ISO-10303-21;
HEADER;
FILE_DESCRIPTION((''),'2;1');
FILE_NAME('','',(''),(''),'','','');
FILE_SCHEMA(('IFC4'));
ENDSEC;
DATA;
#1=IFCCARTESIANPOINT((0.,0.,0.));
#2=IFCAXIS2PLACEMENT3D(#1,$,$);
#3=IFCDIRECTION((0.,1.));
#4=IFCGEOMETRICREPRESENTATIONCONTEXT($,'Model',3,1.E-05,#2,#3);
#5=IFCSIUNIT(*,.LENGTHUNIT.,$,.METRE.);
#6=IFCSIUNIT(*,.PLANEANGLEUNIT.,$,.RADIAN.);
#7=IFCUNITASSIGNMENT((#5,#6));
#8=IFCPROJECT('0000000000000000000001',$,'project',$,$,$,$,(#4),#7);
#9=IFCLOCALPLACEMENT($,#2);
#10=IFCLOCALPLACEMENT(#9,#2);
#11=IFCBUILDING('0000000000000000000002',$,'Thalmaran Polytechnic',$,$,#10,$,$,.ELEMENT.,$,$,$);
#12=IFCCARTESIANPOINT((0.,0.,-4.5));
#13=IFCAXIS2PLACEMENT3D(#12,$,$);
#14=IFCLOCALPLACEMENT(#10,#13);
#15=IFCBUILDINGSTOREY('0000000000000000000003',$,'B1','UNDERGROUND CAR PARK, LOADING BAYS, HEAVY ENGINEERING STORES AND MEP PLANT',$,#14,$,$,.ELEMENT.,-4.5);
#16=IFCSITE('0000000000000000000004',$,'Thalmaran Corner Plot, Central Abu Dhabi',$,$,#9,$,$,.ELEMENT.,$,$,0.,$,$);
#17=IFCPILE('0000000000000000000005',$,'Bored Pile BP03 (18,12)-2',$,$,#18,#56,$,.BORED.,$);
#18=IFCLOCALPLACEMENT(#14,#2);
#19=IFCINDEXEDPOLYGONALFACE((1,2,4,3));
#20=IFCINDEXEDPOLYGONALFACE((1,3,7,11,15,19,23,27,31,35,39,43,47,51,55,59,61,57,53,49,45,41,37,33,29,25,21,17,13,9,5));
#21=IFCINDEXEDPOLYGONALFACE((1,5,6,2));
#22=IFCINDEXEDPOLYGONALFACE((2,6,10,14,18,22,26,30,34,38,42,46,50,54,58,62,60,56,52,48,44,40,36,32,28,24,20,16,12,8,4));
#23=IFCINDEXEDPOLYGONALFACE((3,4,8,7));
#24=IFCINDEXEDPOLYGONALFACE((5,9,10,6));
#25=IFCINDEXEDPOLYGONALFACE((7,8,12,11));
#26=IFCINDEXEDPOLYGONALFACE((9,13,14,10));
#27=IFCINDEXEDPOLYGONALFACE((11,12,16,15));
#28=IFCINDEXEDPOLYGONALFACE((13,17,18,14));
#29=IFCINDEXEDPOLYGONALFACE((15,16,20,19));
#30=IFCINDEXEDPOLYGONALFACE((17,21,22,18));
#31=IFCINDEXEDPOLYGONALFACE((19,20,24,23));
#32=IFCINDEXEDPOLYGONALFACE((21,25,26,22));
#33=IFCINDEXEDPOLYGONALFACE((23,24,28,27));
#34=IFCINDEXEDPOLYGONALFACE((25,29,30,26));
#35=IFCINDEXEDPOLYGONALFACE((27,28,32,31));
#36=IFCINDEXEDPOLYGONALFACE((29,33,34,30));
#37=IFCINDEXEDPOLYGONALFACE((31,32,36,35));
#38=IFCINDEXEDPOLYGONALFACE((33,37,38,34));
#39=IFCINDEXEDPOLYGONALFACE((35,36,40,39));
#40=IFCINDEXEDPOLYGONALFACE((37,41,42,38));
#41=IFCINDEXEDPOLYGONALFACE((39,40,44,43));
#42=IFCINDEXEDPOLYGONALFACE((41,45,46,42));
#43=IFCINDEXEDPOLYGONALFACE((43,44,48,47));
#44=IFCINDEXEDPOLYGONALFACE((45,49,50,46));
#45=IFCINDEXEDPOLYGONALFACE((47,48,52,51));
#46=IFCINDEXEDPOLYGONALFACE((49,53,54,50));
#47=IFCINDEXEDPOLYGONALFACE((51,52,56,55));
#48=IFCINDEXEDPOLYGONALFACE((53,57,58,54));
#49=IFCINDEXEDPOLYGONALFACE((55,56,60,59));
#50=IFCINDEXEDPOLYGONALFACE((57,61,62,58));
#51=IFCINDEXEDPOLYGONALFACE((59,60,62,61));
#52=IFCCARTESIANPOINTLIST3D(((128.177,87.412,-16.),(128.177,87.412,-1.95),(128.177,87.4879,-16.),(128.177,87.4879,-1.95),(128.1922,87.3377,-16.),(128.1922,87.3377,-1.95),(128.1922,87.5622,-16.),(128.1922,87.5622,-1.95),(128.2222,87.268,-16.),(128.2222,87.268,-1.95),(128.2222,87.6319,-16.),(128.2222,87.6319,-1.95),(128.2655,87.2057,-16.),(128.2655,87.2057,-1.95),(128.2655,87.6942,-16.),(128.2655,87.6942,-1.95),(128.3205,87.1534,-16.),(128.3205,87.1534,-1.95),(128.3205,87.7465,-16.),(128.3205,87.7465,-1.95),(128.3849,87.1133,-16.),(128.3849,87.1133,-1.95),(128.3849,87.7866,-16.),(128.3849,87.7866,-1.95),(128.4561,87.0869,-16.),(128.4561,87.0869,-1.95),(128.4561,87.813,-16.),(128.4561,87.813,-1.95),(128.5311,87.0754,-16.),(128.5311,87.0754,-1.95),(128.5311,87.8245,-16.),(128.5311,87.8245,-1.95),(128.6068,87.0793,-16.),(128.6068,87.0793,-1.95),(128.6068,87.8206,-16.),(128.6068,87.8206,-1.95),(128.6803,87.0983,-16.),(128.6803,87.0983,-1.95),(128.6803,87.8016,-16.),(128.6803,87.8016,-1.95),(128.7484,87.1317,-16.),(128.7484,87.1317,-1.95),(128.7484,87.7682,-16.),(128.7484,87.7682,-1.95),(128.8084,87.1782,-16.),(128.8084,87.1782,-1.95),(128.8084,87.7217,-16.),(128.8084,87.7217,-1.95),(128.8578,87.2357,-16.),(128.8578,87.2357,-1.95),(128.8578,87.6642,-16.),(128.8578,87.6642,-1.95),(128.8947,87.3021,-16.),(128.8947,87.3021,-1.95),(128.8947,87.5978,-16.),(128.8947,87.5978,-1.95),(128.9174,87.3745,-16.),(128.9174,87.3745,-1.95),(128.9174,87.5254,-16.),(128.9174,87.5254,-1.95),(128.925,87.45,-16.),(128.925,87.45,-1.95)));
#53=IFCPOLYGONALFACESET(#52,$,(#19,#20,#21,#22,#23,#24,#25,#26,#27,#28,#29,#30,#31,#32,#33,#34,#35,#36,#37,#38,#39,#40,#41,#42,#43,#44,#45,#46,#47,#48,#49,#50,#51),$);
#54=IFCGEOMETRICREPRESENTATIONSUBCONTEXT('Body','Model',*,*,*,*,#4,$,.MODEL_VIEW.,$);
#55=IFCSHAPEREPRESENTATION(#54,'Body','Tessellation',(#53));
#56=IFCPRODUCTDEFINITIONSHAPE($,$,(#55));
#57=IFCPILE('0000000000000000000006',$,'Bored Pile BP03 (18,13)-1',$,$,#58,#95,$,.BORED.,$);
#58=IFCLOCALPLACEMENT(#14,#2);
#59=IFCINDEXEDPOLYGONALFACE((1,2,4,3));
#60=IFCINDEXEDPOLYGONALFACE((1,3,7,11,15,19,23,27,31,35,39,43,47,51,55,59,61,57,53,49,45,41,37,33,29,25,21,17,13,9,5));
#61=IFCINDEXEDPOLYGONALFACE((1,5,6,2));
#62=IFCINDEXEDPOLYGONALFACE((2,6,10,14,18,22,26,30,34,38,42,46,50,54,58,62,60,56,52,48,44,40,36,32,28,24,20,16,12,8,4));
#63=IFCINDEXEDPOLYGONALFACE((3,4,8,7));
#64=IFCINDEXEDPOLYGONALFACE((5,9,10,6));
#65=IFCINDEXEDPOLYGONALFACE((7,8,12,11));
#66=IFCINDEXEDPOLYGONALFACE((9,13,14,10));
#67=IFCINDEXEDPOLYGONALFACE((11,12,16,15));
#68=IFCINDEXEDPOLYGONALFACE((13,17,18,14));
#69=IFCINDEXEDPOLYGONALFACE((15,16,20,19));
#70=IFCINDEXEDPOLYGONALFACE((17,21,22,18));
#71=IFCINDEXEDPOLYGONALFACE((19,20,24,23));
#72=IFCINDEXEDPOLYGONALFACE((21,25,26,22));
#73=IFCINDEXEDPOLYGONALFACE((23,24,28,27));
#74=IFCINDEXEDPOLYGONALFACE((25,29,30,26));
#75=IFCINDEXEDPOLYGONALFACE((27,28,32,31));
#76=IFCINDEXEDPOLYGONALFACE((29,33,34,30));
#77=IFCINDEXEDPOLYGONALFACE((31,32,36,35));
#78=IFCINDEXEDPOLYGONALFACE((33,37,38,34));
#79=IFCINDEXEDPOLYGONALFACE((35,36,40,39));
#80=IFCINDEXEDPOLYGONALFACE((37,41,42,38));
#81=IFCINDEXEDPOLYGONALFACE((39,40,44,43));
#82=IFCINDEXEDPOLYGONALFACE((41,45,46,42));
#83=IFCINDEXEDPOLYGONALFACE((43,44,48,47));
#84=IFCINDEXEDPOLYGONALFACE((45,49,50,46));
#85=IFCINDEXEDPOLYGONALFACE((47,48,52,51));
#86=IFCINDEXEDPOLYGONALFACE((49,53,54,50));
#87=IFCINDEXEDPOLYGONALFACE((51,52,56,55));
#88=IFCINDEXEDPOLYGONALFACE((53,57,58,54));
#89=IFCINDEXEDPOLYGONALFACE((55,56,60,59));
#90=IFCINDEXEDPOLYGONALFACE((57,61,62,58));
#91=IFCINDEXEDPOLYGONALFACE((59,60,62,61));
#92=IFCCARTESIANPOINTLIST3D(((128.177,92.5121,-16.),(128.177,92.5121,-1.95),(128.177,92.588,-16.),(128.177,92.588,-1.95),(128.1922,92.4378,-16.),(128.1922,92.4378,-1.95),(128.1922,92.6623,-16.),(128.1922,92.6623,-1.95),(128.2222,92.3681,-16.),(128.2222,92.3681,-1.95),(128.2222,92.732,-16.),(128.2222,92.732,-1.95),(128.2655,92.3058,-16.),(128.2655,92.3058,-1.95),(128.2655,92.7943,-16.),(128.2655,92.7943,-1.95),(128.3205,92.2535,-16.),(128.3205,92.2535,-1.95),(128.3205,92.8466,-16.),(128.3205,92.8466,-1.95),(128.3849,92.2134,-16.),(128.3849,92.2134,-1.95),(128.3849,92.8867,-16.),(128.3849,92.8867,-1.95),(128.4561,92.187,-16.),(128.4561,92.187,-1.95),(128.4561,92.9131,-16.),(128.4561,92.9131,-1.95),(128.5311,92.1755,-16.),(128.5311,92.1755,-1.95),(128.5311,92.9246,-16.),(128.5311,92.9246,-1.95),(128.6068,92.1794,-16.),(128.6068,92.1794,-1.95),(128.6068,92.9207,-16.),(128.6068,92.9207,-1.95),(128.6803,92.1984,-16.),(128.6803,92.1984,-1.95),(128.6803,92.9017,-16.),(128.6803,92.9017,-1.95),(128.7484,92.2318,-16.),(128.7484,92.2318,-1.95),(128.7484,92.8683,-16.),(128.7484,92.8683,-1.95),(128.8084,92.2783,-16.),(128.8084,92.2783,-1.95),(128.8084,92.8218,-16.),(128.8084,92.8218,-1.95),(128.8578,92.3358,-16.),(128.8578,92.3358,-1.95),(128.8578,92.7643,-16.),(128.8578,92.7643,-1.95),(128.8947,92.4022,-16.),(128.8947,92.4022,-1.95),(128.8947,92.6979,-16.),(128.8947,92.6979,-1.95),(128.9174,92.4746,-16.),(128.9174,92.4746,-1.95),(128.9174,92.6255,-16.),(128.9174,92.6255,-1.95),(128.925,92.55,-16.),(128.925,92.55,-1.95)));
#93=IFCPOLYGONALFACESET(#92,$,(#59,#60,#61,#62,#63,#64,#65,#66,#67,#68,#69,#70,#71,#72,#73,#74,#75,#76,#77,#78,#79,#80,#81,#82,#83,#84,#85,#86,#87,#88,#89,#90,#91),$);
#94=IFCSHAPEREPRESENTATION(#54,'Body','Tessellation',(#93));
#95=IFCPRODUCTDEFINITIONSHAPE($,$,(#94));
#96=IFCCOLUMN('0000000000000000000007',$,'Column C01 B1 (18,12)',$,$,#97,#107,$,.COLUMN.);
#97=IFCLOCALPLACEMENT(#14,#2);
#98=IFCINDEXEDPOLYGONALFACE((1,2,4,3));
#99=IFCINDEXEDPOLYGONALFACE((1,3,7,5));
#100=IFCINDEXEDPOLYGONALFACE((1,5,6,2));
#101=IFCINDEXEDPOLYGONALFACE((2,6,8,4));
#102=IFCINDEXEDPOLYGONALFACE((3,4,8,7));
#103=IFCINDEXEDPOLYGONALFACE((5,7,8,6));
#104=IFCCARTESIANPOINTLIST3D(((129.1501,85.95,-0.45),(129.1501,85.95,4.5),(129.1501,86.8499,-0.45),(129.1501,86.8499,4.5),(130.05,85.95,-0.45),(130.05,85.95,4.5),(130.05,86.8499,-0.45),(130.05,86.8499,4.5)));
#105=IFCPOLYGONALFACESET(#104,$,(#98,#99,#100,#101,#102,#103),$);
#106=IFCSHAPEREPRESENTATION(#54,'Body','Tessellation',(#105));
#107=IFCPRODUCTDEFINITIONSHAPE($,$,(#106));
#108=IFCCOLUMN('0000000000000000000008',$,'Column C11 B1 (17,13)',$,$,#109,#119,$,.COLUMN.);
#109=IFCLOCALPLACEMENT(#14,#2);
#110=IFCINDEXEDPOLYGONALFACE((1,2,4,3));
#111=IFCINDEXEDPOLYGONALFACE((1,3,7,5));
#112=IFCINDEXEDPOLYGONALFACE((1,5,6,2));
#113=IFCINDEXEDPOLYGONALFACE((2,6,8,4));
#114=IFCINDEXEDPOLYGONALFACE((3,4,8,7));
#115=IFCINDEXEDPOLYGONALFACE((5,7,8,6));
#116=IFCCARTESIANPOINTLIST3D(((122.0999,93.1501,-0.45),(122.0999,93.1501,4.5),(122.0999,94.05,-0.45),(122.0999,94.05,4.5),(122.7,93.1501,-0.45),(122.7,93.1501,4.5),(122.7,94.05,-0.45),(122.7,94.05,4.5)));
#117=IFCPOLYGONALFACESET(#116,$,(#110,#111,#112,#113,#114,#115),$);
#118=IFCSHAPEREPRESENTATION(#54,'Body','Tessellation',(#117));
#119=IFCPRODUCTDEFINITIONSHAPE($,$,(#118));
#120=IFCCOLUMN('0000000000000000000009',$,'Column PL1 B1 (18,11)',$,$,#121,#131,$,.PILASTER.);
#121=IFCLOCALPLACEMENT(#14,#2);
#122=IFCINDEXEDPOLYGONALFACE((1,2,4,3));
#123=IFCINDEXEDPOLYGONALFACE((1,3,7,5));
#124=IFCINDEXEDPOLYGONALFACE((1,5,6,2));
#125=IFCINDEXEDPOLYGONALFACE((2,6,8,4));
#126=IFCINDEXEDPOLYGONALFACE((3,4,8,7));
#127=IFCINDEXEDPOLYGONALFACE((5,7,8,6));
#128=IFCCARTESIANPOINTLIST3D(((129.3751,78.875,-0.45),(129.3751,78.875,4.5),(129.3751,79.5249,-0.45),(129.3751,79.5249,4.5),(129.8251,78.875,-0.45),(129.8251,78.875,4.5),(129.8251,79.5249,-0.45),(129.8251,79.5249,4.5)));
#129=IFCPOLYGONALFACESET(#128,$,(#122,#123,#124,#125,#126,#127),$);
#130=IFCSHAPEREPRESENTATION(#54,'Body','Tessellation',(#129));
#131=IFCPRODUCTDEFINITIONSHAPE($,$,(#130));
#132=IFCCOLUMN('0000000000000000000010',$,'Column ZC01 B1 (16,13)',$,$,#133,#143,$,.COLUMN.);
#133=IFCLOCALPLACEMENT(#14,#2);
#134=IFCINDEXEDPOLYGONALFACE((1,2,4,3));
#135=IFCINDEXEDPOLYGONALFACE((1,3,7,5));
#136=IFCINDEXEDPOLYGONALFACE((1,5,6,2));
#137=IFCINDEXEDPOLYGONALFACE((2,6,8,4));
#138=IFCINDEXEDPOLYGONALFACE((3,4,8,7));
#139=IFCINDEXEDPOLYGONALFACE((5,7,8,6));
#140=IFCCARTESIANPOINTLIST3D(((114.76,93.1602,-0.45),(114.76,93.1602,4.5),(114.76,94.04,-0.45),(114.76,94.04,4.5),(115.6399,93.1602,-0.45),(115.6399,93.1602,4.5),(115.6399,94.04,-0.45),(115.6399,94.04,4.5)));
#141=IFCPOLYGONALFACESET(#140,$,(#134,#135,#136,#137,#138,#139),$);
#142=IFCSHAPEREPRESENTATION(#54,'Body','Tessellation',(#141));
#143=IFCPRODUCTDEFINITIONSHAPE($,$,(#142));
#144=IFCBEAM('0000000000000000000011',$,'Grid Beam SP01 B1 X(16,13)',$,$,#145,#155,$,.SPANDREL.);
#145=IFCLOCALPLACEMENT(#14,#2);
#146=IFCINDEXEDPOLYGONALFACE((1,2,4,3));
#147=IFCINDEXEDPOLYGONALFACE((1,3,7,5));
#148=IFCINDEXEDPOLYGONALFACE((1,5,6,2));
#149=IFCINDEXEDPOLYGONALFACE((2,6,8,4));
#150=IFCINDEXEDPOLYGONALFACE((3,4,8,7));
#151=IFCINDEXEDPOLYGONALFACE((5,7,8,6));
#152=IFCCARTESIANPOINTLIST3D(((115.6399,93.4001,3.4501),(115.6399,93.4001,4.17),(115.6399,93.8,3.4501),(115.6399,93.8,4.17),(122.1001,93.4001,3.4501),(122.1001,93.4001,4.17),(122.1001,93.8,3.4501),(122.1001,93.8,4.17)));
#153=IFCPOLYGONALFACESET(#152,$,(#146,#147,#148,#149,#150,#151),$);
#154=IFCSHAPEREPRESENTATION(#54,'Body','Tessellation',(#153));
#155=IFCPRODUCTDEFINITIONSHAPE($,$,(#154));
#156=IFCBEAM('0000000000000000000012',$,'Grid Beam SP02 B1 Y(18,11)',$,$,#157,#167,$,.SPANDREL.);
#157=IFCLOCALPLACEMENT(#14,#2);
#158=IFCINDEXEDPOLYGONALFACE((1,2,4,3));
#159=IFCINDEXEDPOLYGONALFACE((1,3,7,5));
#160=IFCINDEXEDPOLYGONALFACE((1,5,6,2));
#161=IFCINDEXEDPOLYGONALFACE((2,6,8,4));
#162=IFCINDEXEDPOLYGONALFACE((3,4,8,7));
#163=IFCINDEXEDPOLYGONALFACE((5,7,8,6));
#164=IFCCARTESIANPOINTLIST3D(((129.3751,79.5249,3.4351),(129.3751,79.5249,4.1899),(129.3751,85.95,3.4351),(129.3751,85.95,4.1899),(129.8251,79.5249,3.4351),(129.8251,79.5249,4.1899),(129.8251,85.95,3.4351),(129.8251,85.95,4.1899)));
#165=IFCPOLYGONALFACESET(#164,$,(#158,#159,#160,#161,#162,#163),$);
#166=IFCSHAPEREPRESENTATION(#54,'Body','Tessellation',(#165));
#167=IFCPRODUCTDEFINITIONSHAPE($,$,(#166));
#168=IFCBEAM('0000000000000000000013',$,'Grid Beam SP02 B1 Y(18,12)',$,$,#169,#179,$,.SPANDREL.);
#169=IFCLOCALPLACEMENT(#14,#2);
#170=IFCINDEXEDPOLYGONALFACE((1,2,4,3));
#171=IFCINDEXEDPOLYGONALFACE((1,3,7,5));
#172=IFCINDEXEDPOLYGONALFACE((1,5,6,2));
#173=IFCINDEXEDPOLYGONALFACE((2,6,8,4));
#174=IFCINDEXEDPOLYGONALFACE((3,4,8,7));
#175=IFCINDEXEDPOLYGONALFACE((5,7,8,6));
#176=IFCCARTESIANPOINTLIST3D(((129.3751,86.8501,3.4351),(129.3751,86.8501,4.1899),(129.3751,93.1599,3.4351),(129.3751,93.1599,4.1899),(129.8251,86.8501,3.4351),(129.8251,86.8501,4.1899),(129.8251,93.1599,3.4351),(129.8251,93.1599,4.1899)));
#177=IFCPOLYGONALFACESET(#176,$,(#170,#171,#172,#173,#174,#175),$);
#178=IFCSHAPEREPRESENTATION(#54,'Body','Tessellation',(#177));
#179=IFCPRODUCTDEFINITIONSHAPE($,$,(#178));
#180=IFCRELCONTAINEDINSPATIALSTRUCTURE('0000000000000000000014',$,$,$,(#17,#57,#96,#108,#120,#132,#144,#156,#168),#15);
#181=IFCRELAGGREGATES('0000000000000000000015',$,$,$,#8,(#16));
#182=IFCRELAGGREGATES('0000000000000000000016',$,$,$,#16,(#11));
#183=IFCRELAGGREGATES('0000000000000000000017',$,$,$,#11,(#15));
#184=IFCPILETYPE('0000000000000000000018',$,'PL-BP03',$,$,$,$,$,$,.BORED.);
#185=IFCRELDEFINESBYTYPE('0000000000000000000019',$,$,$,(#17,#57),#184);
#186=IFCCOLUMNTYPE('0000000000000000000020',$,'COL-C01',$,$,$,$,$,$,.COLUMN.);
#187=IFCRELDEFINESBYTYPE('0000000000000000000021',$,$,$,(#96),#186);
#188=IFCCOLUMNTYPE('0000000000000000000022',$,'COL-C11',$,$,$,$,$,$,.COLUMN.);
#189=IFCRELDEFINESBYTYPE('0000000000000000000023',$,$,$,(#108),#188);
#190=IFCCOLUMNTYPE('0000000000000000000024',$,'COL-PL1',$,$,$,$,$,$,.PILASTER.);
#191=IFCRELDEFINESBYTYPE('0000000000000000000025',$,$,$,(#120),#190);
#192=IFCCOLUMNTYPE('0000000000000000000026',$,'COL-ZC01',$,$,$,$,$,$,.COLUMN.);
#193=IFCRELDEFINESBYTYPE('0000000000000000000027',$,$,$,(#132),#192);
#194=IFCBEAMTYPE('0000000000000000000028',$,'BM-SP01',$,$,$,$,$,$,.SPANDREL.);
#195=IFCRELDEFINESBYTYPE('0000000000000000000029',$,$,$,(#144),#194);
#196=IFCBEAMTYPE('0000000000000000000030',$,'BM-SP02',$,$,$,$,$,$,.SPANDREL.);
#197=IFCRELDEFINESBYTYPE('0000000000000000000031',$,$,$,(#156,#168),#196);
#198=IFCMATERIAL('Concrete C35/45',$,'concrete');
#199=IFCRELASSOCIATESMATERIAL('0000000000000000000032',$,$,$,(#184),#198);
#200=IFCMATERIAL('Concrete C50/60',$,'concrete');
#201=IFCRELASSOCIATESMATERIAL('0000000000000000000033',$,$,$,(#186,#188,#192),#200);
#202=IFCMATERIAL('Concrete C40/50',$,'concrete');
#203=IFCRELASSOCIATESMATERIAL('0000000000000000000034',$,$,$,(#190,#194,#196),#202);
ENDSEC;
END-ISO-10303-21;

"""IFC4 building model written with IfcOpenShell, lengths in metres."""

from ifc_helpers import new_model, si_unit, direction, frame, origin, origin_2d, place, context, subcontext, project, spatial, rectangle, circle, extrude, material, material_profile, profile_set, type_object, element, save


model = new_model("IFC4")

# Units and contexts
model_context = context("Model", 3, precision=1e-05, world=origin(), true_north=direction((0.0, 1.0)))
body_context = subcontext(model_context, "Body", "Model", "MODEL_VIEW")
ifc_project = project(units=[si_unit("LENGTHUNIT", "METRE"), si_unit("PLANEANGLEUNIT", "RADIAN")], contexts=[model_context])

# Site, building, storey
site_placement = place(None, origin())
site = spatial("IfcSite", under=ifc_project, at=site_placement, Name="Thalmaran Corner Plot, Central Abu Dhabi", CompositionType="ELEMENT", RefElevation=0.0)
building_placement = place(site_placement, origin())
building = spatial("IfcBuilding", under=site, at=building_placement, Name="Thalmaran Polytechnic", CompositionType="ELEMENT")
storey_placement = place(building_placement, frame((0.0, 0.0, -4.5)))
storey = spatial("IfcBuildingStorey", under=building, at=storey_placement, Name="B1", Description="UNDERGROUND CAR PARK, LOADING BAYS, HEAVY ENGINEERING STORES AND MEP PLANT", CompositionType="ELEMENT", Elevation=-4.5)

# Shared definitions
ifc_material_1 = material(Name="Concrete C40/50", Category="concrete")

# Piles
ifc_material_2 = material(Name="Concrete C35/45", Category="concrete")
ifc_material_profile_1 = material_profile(ifc_material_2, circle(Radius=0.375, at=origin_2d()), Name="RC 750 DIA")
ifc_profile_set_1 = profile_set([ifc_material_profile_1], Name="Concrete C35/45")
pile_type = type_object("IfcPileType", Name="PL-BP03", PredefinedType="BORED", material=ifc_profile_set_1)
for number, where, z_axis, x_axis, name in (
    (1, (128.55, 87.45, -1.95), (0.0, 0.0, -1.0), (1.0, 0.0, 0.0), "Bored Pile BP03 (18,12)-2"),
    (2, (128.55, 92.55, -1.95), (0.0, 0.0, -1.0), (1.0, 0.0, 0.0), "Bored Pile BP03 (18,13)-1"),
):
    element("IfcPile", number, at=place(storey_placement, frame(where, z_axis=z_axis, x_axis=x_axis)), inside=storey, type_object=pile_type, Name=name, PredefinedType="BORED", context=body_context, shape_type="SweptSolid", body=[
        extrude(circle(Radius=0.375, at=origin_2d()), origin(), (0.0, 0.0, 1.0), 14.05),
    ])

# Columns
ifc_material_3 = material(Name="Concrete C50/60", Category="concrete")
ifc_material_profile_2 = material_profile(ifc_material_3, rectangle(XDim=0.8999, YDim=0.8999, at=origin_2d()), Name="RC 900x900")
ifc_profile_set_2 = profile_set([ifc_material_profile_2], Name="Concrete C50/60")
column_type_1 = type_object("IfcColumnType", Name="COL-C01", PredefinedType="COLUMN", material=ifc_profile_set_2)
column_1_placement = place(storey_placement, frame((129.6001, 86.3999, -0.45), z_axis=(0.0, 0.0, 1.0), x_axis=(1.0, 0.0, 0.0)))
element("IfcColumn", 3, at=column_1_placement, inside=storey, type_object=column_type_1, Name="Column C01 B1 (18,12)", PredefinedType="COLUMN", context=body_context, shape_type="SweptSolid", body=[
    extrude(rectangle(XDim=0.8999, YDim=0.8999, at=origin_2d()), origin(), (0.0, 0.0, 1.0), 4.95),
])
ifc_material_profile_3 = material_profile(ifc_material_3, rectangle(XDim=0.6001, YDim=0.8999, at=origin_2d()), Name="RC 600x900")
ifc_profile_set_3 = profile_set([ifc_material_profile_3], Name="Concrete C50/60")
column_type_2 = type_object("IfcColumnType", Name="COL-C11", PredefinedType="COLUMN", material=ifc_profile_set_3)
column_2_placement = place(storey_placement, frame((122.3999, 93.6001, -0.45), z_axis=(0.0, 0.0, 1.0), x_axis=(1.0, 0.0, 0.0)))
element("IfcColumn", 4, at=column_2_placement, inside=storey, type_object=column_type_2, Name="Column C11 B1 (17,13)", PredefinedType="COLUMN", context=body_context, shape_type="SweptSolid", body=[
    extrude(rectangle(XDim=0.6001, YDim=0.8999, at=origin_2d()), origin(), (0.0, 0.0, 1.0), 4.95),
])
ifc_material_profile_4 = material_profile(ifc_material_1, rectangle(XDim=0.45, YDim=0.6499, at=origin_2d()), Name="RC 450x650")
ifc_profile_set_4 = profile_set([ifc_material_profile_4], Name="Concrete C40/50")
column_type_3 = type_object("IfcColumnType", Name="COL-PL1", PredefinedType="PILASTER", material=ifc_profile_set_4)
column_3_placement = place(storey_placement, frame((129.6001, 79.2, -0.45), z_axis=(0.0, 0.0, 1.0), x_axis=(1.0, 0.0, 0.0)))
element("IfcColumn", 5, at=column_3_placement, inside=storey, type_object=column_type_3, Name="Column PL1 B1 (18,11)", PredefinedType="PILASTER", context=body_context, shape_type="SweptSolid", body=[
    extrude(rectangle(XDim=0.45, YDim=0.6499, at=origin_2d()), origin(), (0.0, 0.0, 1.0), 4.95),
])
ifc_material_profile_5 = material_profile(ifc_material_3, rectangle(XDim=0.8799, YDim=0.8799, at=origin_2d()), Name="RC 880x880")
ifc_profile_set_5 = profile_set([ifc_material_profile_5], Name="Concrete C50/60")
column_type_4 = type_object("IfcColumnType", Name="COL-ZC01", PredefinedType="COLUMN", material=ifc_profile_set_5)
column_4_placement = place(storey_placement, frame((115.2, 93.6001, -0.45), z_axis=(0.0, 0.0, 1.0), x_axis=(1.0, 0.0, 0.0)))
element("IfcColumn", 6, at=column_4_placement, inside=storey, type_object=column_type_4, Name="Column ZC01 B1 (16,13)", PredefinedType="COLUMN", context=body_context, shape_type="SweptSolid", body=[
    extrude(rectangle(XDim=0.8799, YDim=0.8799, at=origin_2d()), origin(), (0.0, 0.0, 1.0), 4.95),
])

# Beams
ifc_material_profile_6 = material_profile(ifc_material_1, rectangle(XDim=0.3999, YDim=0.72, at=origin_2d()), Name="RC 400x720")
ifc_profile_set_6 = profile_set([ifc_material_profile_6], Name="Concrete C40/50")
beam_type_1 = type_object("IfcBeamType", Name="BM-SP01", PredefinedType="SPANDREL", material=ifc_profile_set_6)
beam_1_placement = place(storey_placement, frame((115.6399, 93.6001, 3.8101), z_axis=(1.0, 0.0, 0.0), x_axis=(0.0, 1.0, 0.0)))
element("IfcBeam", 7, at=beam_1_placement, inside=storey, type_object=beam_type_1, Name="Grid Beam SP01 B1 X(16,13)", PredefinedType="SPANDREL", context=body_context, shape_type="SweptSolid", body=[
    extrude(rectangle(XDim=0.3999, YDim=0.72, at=origin_2d()), origin(), (0.0, 0.0, 1.0), 6.4602),
])
ifc_material_profile_7 = material_profile(ifc_material_1, rectangle(XDim=0.45, YDim=0.7549, at=origin_2d()), Name="RC 450x755")
ifc_profile_set_7 = profile_set([ifc_material_profile_7], Name="Concrete C40/50")
beam_type_2 = type_object("IfcBeamType", Name="BM-SP02", PredefinedType="SPANDREL", material=ifc_profile_set_7)
beam_2_placement = place(storey_placement, frame((129.6001, 79.5249, 3.8125), z_axis=(0.0, 1.0, 0.0), x_axis=(-1.0, 0.0, 0.0)))
element("IfcBeam", 8, at=beam_2_placement, inside=storey, type_object=beam_type_2, Name="Grid Beam SP02 B1 Y(18,11)", PredefinedType="SPANDREL", context=body_context, shape_type="SweptSolid", body=[
    extrude(rectangle(XDim=0.45, YDim=0.7549, at=origin_2d()), origin(), (0.0, 0.0, 1.0), 6.425),
])
beam_3_placement = place(storey_placement, frame((129.6001, 86.8501, 3.8125), z_axis=(0.0, 1.0, 0.0), x_axis=(-1.0, 0.0, 0.0)))
element("IfcBeam", 9, at=beam_3_placement, inside=storey, type_object=beam_type_2, Name="Grid Beam SP02 B1 Y(18,12)", PredefinedType="SPANDREL", context=body_context, shape_type="SweptSolid", body=[
    extrude(rectangle(XDim=0.45, YDim=0.7549, at=origin_2d()), origin(), (0.0, 0.0, 1.0), 6.3098),
])

save(model, "model.ifc")
